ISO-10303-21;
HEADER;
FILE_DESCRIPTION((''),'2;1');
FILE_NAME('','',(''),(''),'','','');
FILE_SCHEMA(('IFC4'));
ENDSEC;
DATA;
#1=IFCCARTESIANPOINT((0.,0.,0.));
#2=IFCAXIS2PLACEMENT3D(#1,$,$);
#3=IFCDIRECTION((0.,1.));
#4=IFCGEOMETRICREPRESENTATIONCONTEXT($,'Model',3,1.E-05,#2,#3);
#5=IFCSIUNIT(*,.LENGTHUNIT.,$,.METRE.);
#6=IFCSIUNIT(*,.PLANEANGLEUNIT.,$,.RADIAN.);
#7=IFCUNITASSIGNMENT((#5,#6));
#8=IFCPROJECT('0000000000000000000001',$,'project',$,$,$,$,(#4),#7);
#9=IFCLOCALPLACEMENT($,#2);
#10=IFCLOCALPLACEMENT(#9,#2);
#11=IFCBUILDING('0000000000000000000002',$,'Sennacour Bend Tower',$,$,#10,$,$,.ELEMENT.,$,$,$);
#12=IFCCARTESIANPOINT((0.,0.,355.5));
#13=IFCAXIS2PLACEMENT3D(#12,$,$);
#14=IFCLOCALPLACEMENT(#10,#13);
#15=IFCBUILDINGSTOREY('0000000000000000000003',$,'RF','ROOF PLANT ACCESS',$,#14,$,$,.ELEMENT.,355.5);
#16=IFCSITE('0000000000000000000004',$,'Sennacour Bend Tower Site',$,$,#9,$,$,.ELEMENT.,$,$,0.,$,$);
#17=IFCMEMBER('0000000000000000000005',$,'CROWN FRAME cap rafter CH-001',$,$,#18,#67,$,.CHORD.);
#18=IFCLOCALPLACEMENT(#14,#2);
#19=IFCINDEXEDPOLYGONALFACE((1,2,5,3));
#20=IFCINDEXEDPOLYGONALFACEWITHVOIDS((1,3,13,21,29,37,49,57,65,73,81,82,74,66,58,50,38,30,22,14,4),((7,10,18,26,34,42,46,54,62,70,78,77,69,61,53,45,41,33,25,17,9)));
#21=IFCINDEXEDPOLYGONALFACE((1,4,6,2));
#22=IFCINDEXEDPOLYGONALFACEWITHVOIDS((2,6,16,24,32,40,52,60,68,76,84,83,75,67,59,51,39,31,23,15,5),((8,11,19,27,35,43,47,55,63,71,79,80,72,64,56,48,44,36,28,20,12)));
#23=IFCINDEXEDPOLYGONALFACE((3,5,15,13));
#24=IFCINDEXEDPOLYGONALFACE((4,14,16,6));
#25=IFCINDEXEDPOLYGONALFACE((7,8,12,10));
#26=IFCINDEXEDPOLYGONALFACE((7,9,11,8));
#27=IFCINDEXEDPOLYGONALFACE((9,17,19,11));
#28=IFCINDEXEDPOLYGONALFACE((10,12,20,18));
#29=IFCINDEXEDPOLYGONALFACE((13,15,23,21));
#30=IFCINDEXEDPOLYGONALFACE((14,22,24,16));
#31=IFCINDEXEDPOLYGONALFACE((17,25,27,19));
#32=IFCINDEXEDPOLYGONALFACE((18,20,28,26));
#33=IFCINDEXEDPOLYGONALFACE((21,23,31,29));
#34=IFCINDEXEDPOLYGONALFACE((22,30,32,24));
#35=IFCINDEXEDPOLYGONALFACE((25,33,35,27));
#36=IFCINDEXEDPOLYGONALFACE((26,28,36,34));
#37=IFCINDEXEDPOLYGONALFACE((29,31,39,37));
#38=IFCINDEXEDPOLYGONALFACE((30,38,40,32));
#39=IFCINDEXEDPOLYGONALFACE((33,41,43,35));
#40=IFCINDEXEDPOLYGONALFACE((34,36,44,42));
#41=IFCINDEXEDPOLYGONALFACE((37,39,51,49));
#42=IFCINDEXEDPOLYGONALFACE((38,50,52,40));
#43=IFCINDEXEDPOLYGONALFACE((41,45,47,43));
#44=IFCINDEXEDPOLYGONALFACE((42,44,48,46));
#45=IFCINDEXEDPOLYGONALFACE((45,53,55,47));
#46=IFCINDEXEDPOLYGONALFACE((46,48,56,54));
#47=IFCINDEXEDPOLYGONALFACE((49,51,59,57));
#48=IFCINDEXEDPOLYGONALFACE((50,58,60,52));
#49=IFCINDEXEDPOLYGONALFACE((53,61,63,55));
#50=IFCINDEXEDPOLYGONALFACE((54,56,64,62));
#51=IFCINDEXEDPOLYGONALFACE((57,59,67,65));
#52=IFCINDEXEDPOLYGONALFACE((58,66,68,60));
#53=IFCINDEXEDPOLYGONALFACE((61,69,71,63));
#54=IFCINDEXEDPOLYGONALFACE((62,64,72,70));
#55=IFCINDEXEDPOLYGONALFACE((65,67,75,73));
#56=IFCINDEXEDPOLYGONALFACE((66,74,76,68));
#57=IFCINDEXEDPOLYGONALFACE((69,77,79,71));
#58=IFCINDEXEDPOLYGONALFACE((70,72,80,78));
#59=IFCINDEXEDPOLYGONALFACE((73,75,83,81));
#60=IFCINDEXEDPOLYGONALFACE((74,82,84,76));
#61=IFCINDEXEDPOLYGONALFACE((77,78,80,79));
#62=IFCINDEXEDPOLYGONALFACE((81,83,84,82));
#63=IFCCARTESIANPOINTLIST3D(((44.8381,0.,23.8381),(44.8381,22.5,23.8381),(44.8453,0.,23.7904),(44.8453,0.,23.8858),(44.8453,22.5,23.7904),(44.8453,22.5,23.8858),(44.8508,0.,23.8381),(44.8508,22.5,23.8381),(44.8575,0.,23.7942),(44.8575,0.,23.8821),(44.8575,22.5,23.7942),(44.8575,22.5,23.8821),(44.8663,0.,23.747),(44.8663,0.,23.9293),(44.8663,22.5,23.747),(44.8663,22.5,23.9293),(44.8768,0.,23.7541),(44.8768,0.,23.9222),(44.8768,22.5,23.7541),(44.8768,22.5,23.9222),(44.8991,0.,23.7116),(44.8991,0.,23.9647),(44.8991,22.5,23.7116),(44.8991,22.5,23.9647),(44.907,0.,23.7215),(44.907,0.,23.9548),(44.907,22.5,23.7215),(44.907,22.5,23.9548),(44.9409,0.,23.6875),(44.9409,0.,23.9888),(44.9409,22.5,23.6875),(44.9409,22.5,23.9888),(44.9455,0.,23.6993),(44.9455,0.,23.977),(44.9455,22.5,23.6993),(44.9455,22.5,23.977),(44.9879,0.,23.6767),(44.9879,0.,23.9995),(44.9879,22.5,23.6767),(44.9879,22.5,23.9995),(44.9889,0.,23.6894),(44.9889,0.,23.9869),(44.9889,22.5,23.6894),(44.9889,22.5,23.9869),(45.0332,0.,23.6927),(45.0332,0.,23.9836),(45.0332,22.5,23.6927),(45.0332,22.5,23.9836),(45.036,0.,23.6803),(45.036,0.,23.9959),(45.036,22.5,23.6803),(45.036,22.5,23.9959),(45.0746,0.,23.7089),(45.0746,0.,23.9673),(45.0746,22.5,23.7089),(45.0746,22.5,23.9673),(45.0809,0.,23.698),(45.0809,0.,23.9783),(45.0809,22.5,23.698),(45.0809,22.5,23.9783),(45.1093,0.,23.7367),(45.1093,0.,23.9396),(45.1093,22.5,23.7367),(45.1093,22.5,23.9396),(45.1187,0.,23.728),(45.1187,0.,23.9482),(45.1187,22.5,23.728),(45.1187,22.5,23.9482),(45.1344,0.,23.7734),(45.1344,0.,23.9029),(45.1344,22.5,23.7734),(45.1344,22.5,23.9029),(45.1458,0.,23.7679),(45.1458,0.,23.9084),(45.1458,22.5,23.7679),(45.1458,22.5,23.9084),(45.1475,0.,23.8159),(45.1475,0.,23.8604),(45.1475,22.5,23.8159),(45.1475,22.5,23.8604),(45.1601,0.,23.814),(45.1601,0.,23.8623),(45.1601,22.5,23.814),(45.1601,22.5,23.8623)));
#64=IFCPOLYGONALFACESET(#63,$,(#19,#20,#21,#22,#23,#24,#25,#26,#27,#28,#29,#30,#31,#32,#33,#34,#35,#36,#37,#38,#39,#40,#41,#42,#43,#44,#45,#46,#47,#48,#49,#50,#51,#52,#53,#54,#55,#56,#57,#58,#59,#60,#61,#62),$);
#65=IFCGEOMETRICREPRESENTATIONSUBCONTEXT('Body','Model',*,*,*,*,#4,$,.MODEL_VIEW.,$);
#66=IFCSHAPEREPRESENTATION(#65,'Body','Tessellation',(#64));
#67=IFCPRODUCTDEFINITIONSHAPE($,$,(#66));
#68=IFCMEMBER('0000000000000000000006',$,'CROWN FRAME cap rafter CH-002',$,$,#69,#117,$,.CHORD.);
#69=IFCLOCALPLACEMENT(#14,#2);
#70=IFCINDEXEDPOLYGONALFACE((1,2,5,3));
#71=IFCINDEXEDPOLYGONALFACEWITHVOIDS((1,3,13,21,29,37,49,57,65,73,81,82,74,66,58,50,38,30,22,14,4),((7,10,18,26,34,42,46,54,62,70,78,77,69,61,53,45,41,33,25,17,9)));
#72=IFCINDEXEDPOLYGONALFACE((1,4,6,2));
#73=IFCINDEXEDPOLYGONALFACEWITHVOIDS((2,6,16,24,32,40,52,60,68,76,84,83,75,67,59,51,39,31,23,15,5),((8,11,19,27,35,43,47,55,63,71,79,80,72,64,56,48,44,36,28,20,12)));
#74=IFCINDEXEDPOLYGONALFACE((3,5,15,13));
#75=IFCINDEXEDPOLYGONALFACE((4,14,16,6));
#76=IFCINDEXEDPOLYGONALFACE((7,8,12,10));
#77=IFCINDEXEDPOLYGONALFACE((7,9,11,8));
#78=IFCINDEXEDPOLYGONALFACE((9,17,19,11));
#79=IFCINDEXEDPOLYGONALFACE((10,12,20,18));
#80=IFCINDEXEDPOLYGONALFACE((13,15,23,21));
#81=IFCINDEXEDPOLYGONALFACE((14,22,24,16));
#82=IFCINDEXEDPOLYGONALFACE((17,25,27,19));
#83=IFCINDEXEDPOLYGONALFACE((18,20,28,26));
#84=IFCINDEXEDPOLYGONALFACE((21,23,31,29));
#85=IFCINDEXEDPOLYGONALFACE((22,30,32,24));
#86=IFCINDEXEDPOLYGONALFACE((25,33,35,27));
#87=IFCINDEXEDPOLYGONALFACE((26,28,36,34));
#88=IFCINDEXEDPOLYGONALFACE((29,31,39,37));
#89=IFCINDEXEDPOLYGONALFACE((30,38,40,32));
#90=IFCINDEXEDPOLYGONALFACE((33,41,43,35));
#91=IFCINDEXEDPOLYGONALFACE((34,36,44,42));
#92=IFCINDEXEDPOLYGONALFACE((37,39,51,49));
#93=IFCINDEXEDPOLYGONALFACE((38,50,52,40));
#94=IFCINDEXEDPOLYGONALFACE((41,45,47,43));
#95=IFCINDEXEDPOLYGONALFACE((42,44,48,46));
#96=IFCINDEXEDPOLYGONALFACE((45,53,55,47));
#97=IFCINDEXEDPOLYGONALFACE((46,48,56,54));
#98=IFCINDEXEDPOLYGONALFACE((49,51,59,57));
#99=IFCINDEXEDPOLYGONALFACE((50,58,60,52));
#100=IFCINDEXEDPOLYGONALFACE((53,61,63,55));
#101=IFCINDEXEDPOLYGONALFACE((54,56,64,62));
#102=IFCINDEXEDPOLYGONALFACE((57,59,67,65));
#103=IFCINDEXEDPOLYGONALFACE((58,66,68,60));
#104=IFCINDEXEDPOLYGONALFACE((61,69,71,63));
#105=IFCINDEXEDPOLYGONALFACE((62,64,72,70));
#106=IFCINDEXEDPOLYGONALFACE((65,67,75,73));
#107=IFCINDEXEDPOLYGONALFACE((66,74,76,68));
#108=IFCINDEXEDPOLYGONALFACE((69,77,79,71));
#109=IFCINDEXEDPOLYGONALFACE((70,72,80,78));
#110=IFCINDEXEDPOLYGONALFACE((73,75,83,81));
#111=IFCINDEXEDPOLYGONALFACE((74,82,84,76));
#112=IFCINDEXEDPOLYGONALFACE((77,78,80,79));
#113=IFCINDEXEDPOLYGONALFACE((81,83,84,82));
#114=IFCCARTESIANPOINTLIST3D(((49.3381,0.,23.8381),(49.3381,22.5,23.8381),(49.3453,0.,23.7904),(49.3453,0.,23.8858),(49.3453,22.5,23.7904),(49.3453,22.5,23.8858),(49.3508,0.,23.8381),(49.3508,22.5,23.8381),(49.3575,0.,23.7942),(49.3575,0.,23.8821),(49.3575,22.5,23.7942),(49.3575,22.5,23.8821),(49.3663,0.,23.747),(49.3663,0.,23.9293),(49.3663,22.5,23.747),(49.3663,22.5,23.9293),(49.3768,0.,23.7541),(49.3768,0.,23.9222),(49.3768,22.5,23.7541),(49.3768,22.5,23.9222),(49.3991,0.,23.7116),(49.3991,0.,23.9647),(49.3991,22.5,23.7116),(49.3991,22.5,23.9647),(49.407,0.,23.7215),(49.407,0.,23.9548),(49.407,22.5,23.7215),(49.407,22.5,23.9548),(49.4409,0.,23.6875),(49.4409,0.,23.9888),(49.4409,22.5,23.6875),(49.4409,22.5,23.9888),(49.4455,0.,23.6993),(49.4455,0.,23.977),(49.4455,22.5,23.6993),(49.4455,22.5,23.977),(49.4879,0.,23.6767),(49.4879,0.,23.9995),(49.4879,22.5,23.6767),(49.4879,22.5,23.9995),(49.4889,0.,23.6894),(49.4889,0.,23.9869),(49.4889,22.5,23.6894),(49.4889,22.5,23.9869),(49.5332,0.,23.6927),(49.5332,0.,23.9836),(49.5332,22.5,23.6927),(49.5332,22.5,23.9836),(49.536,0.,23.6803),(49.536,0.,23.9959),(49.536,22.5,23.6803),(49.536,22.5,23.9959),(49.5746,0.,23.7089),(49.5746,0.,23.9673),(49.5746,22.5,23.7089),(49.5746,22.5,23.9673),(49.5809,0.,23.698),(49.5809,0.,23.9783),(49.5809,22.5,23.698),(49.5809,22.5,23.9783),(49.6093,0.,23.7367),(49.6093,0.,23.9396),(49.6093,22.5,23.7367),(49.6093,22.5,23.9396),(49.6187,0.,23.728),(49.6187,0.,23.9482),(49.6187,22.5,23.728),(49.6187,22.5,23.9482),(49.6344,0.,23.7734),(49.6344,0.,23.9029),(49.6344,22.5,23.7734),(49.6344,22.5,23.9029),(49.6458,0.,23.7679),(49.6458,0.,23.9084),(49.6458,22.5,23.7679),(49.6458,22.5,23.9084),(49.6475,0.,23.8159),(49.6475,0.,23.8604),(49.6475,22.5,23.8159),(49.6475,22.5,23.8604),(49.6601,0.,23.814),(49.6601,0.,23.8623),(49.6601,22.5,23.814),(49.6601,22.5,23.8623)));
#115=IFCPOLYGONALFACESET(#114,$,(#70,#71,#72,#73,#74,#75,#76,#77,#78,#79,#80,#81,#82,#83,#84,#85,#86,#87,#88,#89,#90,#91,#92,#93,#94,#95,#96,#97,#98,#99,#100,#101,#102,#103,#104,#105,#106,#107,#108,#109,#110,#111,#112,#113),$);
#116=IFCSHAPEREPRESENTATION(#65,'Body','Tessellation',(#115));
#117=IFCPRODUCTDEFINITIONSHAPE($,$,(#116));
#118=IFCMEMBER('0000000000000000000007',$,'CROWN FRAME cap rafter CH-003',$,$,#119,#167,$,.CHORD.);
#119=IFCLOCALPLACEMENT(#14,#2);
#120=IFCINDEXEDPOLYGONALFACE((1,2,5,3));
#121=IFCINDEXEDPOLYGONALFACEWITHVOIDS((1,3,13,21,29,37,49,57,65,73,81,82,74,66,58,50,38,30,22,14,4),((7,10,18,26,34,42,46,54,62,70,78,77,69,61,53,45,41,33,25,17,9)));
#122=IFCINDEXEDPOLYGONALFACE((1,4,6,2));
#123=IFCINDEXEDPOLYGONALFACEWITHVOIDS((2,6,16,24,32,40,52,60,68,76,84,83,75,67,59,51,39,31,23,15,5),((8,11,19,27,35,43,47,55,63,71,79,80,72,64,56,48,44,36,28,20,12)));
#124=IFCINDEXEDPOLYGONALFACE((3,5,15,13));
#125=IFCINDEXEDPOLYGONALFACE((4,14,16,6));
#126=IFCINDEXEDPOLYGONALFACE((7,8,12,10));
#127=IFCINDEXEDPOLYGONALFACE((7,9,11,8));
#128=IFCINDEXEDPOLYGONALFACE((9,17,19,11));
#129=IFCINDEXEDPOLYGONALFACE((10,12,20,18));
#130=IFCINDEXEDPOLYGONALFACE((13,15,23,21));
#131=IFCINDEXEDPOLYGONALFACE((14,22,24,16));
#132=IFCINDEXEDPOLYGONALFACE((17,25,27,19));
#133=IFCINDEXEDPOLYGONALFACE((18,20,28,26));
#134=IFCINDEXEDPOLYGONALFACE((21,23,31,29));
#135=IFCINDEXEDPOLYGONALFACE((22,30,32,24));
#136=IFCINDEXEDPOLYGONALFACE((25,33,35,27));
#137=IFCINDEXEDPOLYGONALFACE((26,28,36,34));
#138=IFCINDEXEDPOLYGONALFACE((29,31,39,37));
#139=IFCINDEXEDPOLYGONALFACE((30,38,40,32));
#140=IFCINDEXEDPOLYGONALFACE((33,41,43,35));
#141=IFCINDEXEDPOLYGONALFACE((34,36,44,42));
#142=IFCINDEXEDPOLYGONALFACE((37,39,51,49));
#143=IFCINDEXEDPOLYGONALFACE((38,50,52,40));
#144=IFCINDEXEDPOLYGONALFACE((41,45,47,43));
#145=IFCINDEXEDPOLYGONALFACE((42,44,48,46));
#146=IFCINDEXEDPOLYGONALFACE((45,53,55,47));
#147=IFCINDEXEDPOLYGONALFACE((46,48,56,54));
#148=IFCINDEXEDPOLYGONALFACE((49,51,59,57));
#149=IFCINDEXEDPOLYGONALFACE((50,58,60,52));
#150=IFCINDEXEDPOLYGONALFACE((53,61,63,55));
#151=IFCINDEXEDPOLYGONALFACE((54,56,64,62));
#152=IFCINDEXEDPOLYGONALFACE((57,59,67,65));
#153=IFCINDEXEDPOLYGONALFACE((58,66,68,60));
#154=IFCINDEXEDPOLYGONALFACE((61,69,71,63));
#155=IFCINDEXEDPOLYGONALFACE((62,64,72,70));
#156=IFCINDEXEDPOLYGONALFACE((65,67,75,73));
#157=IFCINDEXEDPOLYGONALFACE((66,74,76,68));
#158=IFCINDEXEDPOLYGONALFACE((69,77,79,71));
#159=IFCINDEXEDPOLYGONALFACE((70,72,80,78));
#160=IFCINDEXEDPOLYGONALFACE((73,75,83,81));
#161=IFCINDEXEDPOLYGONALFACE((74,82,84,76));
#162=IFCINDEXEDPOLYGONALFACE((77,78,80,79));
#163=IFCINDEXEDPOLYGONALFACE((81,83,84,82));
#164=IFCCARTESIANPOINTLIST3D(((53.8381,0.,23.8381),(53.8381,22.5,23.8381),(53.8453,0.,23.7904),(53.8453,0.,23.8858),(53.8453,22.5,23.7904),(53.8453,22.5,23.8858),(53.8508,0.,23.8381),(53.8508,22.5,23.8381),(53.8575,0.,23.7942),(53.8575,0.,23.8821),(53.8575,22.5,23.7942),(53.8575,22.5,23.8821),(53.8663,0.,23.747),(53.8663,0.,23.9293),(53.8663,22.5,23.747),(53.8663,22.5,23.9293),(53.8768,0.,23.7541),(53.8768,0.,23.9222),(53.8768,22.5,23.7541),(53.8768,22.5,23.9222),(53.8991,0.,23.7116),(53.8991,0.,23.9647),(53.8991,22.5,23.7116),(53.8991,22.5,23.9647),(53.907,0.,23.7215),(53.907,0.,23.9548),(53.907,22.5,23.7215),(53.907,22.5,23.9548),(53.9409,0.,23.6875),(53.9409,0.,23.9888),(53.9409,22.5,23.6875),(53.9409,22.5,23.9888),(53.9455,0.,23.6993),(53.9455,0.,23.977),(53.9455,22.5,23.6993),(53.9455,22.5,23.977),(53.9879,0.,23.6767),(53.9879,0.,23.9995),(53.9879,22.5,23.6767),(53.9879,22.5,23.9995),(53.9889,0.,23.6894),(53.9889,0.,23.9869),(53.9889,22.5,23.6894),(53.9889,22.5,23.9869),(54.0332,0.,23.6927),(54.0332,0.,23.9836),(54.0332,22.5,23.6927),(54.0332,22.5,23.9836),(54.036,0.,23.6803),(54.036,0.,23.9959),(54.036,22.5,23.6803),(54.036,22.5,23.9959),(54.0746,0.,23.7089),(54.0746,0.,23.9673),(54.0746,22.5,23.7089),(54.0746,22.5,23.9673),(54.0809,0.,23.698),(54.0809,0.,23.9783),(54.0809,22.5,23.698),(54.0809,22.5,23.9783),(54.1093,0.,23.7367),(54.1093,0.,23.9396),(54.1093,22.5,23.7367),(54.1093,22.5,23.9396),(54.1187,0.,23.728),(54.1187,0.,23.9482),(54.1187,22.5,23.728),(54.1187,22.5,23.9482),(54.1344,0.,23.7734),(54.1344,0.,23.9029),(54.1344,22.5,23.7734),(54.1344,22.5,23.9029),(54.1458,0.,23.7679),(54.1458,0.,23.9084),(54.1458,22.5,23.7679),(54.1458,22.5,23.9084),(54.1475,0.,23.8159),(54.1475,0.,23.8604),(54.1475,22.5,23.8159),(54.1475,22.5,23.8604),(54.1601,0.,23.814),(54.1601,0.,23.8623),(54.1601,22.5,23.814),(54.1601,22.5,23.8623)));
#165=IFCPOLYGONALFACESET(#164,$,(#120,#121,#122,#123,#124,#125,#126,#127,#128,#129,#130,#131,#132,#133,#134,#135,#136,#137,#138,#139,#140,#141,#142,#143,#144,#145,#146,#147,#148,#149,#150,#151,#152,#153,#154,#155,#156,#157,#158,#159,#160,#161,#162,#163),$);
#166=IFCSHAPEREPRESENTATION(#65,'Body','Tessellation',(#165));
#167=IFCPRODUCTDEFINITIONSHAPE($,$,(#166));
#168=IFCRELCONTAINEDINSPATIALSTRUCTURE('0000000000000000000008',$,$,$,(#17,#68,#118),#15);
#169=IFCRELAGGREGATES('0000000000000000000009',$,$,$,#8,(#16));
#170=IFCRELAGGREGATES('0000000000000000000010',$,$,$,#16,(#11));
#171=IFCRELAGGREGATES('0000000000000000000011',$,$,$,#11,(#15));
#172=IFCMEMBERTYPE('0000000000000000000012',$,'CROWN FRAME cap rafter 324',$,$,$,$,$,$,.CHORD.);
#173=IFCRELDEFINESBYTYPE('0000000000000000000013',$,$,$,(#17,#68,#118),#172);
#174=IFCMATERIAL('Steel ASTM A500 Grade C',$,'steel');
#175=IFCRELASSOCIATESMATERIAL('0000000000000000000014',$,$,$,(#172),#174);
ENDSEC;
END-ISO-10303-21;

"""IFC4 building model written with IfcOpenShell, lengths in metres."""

from ifc_helpers import new_model, si_unit, direction, frame, origin, origin_2d, place, context, subcontext, project, spatial, hollow_circle, extrude, material, material_profile, profile_set, type_object, element, save


model = new_model("IFC4")

# Units and contexts
model_context = context("Model", 3, precision=1e-05, world=origin(), true_north=direction((0.0, 1.0)))
body_context = subcontext(model_context, "Body", "Model", "MODEL_VIEW")
ifc_project = project(units=[si_unit("LENGTHUNIT", "METRE"), si_unit("PLANEANGLEUNIT", "RADIAN")], contexts=[model_context])

# Site, building, storey
site_placement = place(None, origin())
site = spatial("IfcSite", under=ifc_project, at=site_placement, Name="Sennacour Bend Tower Site", CompositionType="ELEMENT", RefElevation=0.0)
building_placement = place(site_placement, origin())
building = spatial("IfcBuilding", under=site, at=building_placement, Name="Sennacour Bend Tower", CompositionType="ELEMENT")
storey_placement = place(building_placement, frame((0.0, 0.0, 355.5)))
storey = spatial("IfcBuildingStorey", under=building, at=storey_placement, Name="RF", Description="ROOF PLANT ACCESS", CompositionType="ELEMENT", Elevation=355.5)

# Members
ifc_material_1 = material(Name="Steel ASTM A500 Grade C", Category="steel")
ifc_material_profile_1 = material_profile(ifc_material_1, hollow_circle(Radius=0.1619, WallThickness=0.0127, at=origin_2d()), Name="Steel ASTM A500 Grade C", Category="steel")
ifc_profile_set_1 = profile_set([ifc_material_profile_1], Name="Steel ASTM A500 Grade C")
member_type_1 = type_object("IfcMemberType", Name="CROWN FRAME cap rafter 324", PredefinedType="CHORD", material=ifc_profile_set_1)
for number, where, z_axis, x_axis, name in (
    (1, (45.0, 0.0, 23.8381), (0.0, 1.0, 0.0), (-1.0, 0.0, 0.0), "CROWN FRAME cap rafter CH-001"),
    (2, (49.5, 0.0, 23.8381), (0.0, 1.0, 0.0), (-1.0, 0.0, 0.0), "CROWN FRAME cap rafter CH-002"),
    (3, (54.0, 0.0, 23.8381), (0.0, 1.0, 0.0), (-1.0, 0.0, 0.0), "CROWN FRAME cap rafter CH-003"),
):
    element("IfcMember", number, at=place(storey_placement, frame(where, z_axis=z_axis, x_axis=x_axis)), inside=storey, type_object=member_type_1, Name=name, PredefinedType="CHORD", context=body_context, shape_type="SweptSolid", body=[
        extrude(hollow_circle(Radius=0.1619, WallThickness=0.0127, at=origin_2d()), origin(), (0.0, 0.0, 1.0), 22.5),
    ])

save(model, "model.ifc")
